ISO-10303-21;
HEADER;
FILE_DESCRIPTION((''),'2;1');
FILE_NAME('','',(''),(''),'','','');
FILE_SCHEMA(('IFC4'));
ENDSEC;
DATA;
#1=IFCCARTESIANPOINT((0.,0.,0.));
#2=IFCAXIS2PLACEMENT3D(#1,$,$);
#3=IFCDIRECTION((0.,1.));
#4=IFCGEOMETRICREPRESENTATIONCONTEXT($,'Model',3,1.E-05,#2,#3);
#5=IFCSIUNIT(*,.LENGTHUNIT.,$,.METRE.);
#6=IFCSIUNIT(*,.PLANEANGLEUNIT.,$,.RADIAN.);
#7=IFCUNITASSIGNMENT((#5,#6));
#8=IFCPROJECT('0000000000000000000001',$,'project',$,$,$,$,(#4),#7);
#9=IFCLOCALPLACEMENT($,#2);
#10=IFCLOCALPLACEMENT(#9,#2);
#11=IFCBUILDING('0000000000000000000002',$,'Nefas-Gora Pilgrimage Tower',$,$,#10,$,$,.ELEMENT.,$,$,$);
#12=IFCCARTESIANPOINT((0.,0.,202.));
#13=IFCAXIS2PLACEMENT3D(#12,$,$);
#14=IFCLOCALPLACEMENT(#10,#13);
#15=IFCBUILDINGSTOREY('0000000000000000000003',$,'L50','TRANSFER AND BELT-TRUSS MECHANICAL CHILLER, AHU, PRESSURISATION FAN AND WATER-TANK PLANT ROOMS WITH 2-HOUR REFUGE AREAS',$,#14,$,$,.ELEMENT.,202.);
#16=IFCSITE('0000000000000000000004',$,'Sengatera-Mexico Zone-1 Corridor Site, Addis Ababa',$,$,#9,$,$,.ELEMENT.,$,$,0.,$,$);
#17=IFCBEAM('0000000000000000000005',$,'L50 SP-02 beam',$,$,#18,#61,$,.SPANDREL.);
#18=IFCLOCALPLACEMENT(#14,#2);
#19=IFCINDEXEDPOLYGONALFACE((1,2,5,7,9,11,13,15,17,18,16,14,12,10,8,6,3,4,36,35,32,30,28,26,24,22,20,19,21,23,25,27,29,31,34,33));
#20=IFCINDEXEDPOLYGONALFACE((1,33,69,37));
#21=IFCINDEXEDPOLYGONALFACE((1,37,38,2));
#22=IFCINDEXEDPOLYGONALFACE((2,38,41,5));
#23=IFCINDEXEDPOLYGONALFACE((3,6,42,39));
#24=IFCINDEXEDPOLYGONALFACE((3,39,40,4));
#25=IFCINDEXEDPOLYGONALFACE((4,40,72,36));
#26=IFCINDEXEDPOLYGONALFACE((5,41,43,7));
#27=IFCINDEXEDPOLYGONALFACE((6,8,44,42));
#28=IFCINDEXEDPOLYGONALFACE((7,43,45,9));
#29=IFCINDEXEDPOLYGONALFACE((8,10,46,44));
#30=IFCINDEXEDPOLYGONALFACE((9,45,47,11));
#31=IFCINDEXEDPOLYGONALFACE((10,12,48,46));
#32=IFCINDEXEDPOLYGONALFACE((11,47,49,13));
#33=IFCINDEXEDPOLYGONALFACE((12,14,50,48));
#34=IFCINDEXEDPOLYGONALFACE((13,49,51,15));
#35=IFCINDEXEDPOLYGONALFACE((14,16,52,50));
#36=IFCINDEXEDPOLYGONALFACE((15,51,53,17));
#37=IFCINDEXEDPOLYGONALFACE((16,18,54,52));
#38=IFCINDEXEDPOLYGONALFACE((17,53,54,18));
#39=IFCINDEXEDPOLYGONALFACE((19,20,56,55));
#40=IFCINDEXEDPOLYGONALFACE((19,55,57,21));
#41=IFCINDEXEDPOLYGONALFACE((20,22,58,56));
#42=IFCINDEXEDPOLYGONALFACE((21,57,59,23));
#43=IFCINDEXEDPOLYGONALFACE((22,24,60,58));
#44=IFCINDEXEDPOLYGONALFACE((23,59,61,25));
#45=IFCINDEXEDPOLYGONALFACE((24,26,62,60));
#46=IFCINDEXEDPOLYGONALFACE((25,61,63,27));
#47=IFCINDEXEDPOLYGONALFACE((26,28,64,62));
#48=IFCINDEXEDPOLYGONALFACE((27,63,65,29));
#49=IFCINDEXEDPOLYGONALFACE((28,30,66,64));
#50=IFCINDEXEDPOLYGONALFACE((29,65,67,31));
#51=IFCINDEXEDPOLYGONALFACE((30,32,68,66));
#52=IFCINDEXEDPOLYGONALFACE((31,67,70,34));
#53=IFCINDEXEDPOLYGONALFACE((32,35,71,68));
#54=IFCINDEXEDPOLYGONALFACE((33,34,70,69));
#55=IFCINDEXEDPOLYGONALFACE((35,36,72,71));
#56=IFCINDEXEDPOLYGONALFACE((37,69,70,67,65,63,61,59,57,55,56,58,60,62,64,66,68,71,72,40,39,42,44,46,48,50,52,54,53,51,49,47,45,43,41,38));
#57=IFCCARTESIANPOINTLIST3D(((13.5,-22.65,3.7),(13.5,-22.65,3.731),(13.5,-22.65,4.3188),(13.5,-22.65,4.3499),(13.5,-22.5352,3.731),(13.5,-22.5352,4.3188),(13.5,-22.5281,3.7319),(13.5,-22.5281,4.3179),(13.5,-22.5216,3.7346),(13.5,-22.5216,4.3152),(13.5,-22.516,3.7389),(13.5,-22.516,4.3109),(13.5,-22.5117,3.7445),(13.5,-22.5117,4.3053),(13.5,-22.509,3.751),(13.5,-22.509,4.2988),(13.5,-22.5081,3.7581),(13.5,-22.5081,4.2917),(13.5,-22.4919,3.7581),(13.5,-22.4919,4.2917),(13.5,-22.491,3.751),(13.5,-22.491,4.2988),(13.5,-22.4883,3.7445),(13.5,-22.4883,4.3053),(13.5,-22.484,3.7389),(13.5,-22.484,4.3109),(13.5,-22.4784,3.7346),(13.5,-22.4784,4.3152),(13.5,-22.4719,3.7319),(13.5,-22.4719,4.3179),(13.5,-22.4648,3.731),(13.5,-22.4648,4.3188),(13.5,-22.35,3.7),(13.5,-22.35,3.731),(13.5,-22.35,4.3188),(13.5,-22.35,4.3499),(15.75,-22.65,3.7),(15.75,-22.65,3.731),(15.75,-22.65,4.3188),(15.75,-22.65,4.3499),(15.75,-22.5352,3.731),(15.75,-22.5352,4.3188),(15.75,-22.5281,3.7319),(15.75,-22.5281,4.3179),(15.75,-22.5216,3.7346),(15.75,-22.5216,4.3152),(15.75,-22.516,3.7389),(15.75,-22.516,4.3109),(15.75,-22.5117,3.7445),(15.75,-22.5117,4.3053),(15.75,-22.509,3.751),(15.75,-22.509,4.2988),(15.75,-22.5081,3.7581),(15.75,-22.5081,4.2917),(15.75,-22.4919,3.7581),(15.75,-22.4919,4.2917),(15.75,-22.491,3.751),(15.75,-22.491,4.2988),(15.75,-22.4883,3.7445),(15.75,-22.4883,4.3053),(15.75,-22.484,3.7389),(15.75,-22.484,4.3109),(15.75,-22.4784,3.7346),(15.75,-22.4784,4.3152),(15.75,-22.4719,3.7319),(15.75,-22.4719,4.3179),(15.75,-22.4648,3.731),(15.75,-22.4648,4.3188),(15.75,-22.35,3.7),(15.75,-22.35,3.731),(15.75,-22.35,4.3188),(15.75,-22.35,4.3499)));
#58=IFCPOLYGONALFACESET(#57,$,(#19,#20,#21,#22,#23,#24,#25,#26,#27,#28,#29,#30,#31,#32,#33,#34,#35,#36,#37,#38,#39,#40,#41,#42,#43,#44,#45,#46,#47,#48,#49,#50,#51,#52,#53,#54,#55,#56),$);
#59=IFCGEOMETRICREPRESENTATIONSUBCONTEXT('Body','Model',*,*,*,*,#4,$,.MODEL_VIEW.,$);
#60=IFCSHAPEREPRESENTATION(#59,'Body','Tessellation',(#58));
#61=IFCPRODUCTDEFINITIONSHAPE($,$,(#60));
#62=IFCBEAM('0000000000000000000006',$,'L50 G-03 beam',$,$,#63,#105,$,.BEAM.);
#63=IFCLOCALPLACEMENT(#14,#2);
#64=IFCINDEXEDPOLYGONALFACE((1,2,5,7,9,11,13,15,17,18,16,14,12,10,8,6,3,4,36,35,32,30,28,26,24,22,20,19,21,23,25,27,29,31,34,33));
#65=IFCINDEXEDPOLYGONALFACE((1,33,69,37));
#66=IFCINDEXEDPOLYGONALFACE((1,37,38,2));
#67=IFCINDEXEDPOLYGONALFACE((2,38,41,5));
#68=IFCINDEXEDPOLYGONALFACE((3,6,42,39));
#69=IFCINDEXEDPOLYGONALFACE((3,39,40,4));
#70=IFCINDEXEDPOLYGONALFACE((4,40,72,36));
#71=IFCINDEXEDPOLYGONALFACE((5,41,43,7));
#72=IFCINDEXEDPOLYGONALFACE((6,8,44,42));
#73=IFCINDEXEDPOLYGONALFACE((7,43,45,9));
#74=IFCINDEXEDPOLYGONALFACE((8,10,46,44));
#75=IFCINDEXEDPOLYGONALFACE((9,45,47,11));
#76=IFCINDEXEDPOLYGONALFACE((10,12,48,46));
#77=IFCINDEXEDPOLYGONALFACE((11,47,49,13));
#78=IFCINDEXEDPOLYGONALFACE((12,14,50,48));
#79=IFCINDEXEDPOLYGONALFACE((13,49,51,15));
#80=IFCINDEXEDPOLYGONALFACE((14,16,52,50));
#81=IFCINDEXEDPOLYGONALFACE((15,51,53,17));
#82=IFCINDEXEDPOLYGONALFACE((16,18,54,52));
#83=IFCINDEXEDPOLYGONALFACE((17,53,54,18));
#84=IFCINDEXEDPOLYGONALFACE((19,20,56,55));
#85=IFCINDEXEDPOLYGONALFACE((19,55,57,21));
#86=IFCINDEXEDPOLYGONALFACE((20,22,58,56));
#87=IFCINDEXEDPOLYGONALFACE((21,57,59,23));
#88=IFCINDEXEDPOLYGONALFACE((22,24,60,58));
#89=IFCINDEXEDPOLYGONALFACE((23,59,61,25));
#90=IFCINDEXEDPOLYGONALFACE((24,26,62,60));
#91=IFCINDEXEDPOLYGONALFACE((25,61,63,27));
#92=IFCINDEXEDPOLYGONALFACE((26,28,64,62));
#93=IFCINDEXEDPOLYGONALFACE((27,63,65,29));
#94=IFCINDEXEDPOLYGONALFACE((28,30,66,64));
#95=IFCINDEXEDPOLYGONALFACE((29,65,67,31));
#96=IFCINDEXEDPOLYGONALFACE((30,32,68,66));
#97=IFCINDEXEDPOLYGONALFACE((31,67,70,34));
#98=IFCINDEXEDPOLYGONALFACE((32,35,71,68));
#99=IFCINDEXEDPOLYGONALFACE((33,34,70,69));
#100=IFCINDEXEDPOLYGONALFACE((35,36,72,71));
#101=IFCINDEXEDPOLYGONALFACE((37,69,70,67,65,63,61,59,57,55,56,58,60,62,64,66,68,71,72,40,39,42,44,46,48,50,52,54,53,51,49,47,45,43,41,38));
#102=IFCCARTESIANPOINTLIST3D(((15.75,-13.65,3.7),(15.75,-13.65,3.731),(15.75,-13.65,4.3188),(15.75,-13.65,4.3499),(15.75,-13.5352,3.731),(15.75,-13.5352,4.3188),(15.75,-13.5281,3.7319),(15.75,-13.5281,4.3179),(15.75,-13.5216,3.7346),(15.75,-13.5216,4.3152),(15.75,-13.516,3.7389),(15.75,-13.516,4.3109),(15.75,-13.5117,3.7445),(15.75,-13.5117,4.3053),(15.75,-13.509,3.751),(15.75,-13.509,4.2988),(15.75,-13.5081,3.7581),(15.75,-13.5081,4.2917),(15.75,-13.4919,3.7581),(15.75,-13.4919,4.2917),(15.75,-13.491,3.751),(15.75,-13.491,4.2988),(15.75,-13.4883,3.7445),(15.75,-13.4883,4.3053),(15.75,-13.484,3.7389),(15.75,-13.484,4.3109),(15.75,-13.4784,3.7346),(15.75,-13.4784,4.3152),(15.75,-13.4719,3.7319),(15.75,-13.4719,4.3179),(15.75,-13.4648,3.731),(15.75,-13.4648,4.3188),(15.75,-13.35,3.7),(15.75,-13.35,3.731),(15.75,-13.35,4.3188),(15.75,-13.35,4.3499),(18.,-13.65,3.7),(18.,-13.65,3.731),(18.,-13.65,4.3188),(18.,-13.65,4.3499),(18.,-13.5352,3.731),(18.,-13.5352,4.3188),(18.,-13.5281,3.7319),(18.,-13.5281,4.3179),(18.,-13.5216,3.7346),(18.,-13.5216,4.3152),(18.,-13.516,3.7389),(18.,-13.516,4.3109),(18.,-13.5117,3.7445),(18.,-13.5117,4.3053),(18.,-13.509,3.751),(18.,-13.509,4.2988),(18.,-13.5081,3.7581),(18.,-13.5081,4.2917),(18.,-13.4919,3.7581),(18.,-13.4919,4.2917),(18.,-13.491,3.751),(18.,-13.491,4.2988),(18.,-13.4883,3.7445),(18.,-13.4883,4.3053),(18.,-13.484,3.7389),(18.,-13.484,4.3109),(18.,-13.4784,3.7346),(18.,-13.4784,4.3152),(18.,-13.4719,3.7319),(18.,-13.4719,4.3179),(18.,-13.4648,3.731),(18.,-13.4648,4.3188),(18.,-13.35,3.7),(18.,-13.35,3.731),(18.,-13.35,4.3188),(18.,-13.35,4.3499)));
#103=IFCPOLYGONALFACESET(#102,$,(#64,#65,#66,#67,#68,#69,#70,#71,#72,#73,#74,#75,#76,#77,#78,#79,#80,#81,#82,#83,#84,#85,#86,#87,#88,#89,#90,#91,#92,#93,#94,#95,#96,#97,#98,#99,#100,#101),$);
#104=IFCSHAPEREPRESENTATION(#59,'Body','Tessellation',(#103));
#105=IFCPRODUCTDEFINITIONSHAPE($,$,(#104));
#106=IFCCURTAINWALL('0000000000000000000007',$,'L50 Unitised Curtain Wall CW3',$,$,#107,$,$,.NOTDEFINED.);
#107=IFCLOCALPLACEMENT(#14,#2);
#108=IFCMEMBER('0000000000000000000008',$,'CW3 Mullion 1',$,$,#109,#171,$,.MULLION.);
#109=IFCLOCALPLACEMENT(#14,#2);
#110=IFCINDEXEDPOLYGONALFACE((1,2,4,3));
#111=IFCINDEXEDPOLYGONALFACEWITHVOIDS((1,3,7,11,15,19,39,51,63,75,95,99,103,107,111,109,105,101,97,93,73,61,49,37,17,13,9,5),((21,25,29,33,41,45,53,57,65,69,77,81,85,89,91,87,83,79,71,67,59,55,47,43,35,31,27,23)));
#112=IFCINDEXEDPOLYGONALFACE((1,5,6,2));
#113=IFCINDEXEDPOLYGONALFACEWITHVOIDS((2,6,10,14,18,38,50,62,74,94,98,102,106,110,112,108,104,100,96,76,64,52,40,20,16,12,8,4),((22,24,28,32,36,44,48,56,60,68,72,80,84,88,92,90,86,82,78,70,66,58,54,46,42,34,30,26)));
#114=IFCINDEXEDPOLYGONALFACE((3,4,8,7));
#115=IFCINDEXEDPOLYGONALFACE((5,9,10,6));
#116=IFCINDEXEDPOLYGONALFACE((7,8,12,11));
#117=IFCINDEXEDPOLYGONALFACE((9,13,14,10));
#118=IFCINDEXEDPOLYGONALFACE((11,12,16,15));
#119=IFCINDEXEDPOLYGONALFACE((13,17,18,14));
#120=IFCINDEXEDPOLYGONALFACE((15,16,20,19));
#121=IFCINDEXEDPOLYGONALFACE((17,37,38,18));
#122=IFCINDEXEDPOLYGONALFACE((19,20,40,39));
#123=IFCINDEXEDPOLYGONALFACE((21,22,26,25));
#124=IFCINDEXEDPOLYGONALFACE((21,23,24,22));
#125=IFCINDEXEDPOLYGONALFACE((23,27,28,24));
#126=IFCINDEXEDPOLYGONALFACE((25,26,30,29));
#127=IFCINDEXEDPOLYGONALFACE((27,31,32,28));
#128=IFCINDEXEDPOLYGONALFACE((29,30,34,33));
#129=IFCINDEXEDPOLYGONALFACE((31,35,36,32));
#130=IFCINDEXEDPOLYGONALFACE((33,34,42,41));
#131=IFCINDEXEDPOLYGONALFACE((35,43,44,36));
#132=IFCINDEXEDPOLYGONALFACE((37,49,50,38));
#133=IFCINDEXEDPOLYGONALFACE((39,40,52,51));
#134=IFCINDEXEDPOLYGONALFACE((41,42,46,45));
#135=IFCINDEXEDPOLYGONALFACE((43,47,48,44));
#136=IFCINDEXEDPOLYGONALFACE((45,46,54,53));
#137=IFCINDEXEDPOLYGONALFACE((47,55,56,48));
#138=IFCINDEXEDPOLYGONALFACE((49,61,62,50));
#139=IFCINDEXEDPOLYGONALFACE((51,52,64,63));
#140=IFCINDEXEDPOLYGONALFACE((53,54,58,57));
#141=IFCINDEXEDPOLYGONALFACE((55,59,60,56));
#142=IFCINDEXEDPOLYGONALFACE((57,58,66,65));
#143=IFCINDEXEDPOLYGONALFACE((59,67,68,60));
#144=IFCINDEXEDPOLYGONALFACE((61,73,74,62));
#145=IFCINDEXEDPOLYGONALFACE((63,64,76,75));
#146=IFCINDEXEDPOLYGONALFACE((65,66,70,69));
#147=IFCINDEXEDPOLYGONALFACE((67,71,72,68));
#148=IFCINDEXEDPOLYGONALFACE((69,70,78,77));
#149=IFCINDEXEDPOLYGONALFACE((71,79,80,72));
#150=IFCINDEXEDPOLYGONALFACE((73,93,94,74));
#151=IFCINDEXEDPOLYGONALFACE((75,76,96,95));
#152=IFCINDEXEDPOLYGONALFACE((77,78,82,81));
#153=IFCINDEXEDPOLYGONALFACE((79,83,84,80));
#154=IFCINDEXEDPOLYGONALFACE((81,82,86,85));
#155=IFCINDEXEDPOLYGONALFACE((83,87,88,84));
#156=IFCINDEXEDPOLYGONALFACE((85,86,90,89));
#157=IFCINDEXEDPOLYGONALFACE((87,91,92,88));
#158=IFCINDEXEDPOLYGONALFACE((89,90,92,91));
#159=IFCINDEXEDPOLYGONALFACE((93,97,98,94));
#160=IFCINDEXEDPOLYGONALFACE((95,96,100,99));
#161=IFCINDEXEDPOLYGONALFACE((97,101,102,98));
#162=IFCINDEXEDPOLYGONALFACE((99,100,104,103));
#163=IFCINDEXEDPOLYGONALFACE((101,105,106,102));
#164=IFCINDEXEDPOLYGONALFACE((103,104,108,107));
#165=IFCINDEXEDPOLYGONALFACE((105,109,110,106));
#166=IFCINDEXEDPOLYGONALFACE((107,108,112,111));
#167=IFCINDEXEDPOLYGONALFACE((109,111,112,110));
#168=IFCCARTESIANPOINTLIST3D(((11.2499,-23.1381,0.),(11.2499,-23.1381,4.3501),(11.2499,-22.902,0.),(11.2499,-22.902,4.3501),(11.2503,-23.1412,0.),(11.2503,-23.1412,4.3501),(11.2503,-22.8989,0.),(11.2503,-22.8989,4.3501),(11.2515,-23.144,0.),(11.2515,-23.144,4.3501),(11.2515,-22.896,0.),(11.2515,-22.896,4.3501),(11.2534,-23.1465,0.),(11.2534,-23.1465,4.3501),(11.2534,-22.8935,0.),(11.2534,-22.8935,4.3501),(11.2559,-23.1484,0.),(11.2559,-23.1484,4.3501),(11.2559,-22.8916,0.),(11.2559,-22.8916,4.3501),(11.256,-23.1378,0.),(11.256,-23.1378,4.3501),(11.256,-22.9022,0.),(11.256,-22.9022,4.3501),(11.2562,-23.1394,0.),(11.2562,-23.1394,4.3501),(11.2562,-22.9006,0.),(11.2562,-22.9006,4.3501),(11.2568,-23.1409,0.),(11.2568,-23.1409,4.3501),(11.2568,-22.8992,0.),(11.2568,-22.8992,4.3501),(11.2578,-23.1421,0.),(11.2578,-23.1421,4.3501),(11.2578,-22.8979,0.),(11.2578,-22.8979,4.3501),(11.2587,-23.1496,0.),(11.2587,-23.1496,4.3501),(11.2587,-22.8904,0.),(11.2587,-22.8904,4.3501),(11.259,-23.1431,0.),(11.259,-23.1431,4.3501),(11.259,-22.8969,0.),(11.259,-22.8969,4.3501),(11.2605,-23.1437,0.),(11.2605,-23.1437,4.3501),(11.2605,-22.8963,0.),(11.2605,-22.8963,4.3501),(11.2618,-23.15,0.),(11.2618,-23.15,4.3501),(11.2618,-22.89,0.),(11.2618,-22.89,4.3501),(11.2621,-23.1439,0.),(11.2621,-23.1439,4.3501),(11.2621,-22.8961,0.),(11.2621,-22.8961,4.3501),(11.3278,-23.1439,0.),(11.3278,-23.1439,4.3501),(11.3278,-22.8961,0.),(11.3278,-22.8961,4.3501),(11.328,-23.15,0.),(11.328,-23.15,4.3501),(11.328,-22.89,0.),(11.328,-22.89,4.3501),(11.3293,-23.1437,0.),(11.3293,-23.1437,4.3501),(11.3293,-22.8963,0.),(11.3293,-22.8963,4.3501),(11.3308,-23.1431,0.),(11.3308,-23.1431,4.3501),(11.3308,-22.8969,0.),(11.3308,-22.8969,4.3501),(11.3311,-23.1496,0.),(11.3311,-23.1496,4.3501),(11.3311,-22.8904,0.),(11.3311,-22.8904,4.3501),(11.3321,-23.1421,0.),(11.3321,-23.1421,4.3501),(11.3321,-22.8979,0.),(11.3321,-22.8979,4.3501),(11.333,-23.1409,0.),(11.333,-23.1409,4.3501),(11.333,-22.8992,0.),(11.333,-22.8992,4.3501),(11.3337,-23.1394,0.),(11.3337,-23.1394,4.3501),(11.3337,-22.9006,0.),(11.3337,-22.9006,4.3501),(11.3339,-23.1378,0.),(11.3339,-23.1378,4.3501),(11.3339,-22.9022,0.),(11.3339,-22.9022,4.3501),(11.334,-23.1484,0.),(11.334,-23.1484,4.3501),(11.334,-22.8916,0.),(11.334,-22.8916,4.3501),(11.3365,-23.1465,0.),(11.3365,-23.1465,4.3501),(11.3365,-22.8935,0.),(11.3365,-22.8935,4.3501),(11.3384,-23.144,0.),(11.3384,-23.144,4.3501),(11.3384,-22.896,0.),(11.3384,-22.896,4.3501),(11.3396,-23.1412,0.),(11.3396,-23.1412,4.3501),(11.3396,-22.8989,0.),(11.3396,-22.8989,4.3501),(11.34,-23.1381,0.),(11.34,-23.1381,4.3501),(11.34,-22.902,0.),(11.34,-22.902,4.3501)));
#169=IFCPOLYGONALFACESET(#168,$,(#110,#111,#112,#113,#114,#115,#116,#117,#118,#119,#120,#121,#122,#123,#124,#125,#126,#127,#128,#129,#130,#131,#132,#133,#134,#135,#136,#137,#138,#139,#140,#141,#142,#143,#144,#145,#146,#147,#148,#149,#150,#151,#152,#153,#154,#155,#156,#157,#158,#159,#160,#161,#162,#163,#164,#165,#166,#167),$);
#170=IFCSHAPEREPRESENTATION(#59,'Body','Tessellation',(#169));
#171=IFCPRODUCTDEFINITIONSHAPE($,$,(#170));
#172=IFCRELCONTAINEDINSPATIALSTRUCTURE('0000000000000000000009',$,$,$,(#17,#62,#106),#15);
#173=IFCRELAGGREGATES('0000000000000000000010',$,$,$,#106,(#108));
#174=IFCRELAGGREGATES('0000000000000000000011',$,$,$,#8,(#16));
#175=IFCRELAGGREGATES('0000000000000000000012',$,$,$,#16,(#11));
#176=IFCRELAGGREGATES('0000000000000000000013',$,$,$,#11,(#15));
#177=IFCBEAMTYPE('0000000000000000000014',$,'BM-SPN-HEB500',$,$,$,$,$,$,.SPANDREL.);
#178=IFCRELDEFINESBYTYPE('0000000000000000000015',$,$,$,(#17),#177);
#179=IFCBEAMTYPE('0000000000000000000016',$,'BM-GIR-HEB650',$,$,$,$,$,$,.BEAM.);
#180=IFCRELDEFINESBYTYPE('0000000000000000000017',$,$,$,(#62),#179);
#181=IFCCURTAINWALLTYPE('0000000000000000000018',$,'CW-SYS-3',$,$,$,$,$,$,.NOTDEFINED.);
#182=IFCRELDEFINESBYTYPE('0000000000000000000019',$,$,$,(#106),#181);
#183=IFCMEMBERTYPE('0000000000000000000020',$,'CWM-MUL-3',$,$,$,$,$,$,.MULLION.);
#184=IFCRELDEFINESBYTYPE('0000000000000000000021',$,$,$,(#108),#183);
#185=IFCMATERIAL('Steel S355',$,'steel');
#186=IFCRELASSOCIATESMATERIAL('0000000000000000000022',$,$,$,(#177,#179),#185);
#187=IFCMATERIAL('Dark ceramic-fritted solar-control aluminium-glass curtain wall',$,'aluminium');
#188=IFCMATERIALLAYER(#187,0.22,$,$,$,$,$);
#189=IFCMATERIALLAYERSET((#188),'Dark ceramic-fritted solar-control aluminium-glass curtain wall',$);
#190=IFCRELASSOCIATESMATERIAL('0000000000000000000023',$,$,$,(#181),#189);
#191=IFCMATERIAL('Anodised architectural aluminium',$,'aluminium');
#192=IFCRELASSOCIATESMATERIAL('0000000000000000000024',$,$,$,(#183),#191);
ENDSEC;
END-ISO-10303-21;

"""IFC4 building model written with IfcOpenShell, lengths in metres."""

from ifc_helpers import new_model, si_unit, direction, frame, origin, origin_2d, place, context, subcontext, project, spatial, hollow_rectangle, i_section, extrude, source, transform, mapped, material, layer, layer_set, material_profile, profile_set, type_object, element, aggregate, save


model = new_model("IFC4")

# Units and contexts
model_context = context("Model", 3, precision=1e-05, world=origin(), true_north=direction((0.0, 1.0)))
body_context = subcontext(model_context, "Body", "Model", "MODEL_VIEW")
ifc_project = project(units=[si_unit("LENGTHUNIT", "METRE"), si_unit("PLANEANGLEUNIT", "RADIAN")], contexts=[model_context])

# Site, building, storey
site_placement = place(None, origin())
site = spatial("IfcSite", under=ifc_project, at=site_placement, Name="Sengatera-Mexico Zone-1 Corridor Site, Addis Ababa", CompositionType="ELEMENT", RefElevation=0.0)
building_placement = place(site_placement, origin())
building = spatial("IfcBuilding", under=site, at=building_placement, Name="Nefas-Gora Pilgrimage Tower", CompositionType="ELEMENT")
storey_placement = place(building_placement, frame((0.0, 0.0, 202.0)))
storey = spatial("IfcBuildingStorey", under=building, at=storey_placement, Name="L50", Description="TRANSFER AND BELT-TRUSS MECHANICAL CHILLER, AHU, PRESSURISATION FAN AND WATER-TANK PLANT ROOMS WITH 2-HOUR REFUGE AREAS", CompositionType="ELEMENT", Elevation=202.0)

# Beams
ifc_material_1 = material(Name="Steel S355", Category="steel")
ifc_material_profile_1 = material_profile(ifc_material_1, i_section(OverallWidth=0.3, OverallDepth=0.6499, WebThickness=0.0161, FlangeThickness=0.031, FilletRadius=0.0271, at=origin_2d()), Name="HEB 650")
ifc_profile_set_1 = profile_set([ifc_material_profile_1], Name="Steel S355")
beam_type_1 = type_object("IfcBeamType", Name="BM-SPN-HEB500", PredefinedType="SPANDREL", material=ifc_profile_set_1)
ifc_material_profile_2 = material_profile(ifc_material_1, i_section(OverallWidth=0.3, OverallDepth=0.6499, WebThickness=0.0161, FlangeThickness=0.031, FilletRadius=0.0271, at=origin_2d()), Name="HEB 650")
ifc_profile_set_2 = profile_set([ifc_material_profile_2], Name="Steel S355")
beam_type_2 = type_object("IfcBeamType", Name="BM-GIR-HEB650", PredefinedType="BEAM", material=ifc_profile_set_2)
shared_shape_1 = source(origin(), body_context, "Body", "SweptSolid", [
    extrude(i_section(OverallWidth=0.3, OverallDepth=0.6499, WebThickness=0.0161, FlangeThickness=0.031, FilletRadius=0.0271, at=origin_2d()), origin(), (0.0, 0.0, 1.0), 2.25),
])
beam_1_placement = place(storey_placement, frame((13.5, -22.5, 4.0249), z_axis=(1.0, 0.0, 0.0), x_axis=(0.0, 1.0, 0.0)))
element("IfcBeam", 1, at=beam_1_placement, inside=storey, type_object=beam_type_1, Name="L50 SP-02 beam", PredefinedType="SPANDREL", context=body_context, shape_type="MappedRepresentation", body=[
    mapped(shared_shape_1, transform((0.0, 0.0, 0.0), x_axis=(1.0, 0.0, 0.0), y_axis=(0.0, 1.0, 0.0), z_axis=(0.0, 0.0, 1.0), scale=1.0)),
])
shared_shape_2 = source(origin(), body_context, "Body", "SweptSolid", [
    extrude(i_section(OverallWidth=0.3, OverallDepth=0.6499, WebThickness=0.0161, FlangeThickness=0.031, FilletRadius=0.0271, at=origin_2d()), origin(), (0.0, 0.0, 1.0), 2.25),
])
beam_2_placement = place(storey_placement, frame((15.75, -13.5, 4.0249), z_axis=(1.0, 0.0, 0.0), x_axis=(0.0, 1.0, 0.0)))
element("IfcBeam", 2, at=beam_2_placement, inside=storey, type_object=beam_type_2, Name="L50 G-03 beam", PredefinedType="BEAM", context=body_context, shape_type="MappedRepresentation", body=[
    mapped(shared_shape_2, transform((0.0, 0.0, 0.0), x_axis=(1.0, 0.0, 0.0), y_axis=(0.0, 1.0, 0.0), z_axis=(0.0, 0.0, 1.0), scale=1.0)),
])

# Curtain wall, member
ifc_material_2 = material(Name="Dark ceramic-fritted solar-control aluminium-glass curtain wall", Category="aluminium")
ifc_layer_1 = layer(ifc_material_2, 0.22)
ifc_layer_set_1 = layer_set([ifc_layer_1], Name="Dark ceramic-fritted solar-control aluminium-glass curtain wall")
curtain_wall_type = type_object("IfcCurtainWallType", Name="CW-SYS-3", PredefinedType="NOTDEFINED", material=ifc_layer_set_1)
curtain_wall_1_placement = place(storey_placement, origin())
curtain_wall_1 = element("IfcCurtainWall", 3, at=curtain_wall_1_placement, inside=storey, type_object=curtain_wall_type, Name="L50 Unitised Curtain Wall CW3", PredefinedType="NOTDEFINED")
ifc_material_3 = material(Name="Anodised architectural aluminium", Category="aluminium")
ifc_material_profile_3 = material_profile(ifc_material_3, hollow_rectangle(XDim=0.0901, YDim=0.26, WallThickness=0.0061, InnerFilletRadius=0.0061, OuterFilletRadius=0.012, at=origin_2d()), Name="ALU MULLION 90x260")
ifc_profile_set_3 = profile_set([ifc_material_profile_3], Name="Anodised architectural aluminium")
member_type_1 = type_object("IfcMemberType", Name="CWM-MUL-3", PredefinedType="MULLION", material=ifc_profile_set_3)
shared_shape_3 = source(origin(), body_context, "Body", "SweptSolid", [
    extrude(hollow_rectangle(XDim=0.0901, YDim=0.26, WallThickness=0.0061, InnerFilletRadius=0.0061, OuterFilletRadius=0.012, at=origin_2d()), origin(), (0.0, 0.0, 1.0), 4.3501),
])
member_1_placement = place(storey_placement, frame((11.2949, -23.02, 0.0), z_axis=(0.0, 0.0, 1.0), x_axis=(1.0, 0.0, 0.0)))
member_1 = element("IfcMember", 4, at=member_1_placement, type_object=member_type_1, Name="CW3 Mullion 1", PredefinedType="MULLION", context=body_context, shape_type="MappedRepresentation", body=[
    mapped(shared_shape_3, transform((0.0, 0.0, 0.0), x_axis=(1.0, 0.0, 0.0), y_axis=(0.0, 1.0, 0.0), z_axis=(0.0, 0.0, 1.0), scale=1.0)),
])

aggregate(curtain_wall_1, [member_1])

save(model, "model.ifc")
